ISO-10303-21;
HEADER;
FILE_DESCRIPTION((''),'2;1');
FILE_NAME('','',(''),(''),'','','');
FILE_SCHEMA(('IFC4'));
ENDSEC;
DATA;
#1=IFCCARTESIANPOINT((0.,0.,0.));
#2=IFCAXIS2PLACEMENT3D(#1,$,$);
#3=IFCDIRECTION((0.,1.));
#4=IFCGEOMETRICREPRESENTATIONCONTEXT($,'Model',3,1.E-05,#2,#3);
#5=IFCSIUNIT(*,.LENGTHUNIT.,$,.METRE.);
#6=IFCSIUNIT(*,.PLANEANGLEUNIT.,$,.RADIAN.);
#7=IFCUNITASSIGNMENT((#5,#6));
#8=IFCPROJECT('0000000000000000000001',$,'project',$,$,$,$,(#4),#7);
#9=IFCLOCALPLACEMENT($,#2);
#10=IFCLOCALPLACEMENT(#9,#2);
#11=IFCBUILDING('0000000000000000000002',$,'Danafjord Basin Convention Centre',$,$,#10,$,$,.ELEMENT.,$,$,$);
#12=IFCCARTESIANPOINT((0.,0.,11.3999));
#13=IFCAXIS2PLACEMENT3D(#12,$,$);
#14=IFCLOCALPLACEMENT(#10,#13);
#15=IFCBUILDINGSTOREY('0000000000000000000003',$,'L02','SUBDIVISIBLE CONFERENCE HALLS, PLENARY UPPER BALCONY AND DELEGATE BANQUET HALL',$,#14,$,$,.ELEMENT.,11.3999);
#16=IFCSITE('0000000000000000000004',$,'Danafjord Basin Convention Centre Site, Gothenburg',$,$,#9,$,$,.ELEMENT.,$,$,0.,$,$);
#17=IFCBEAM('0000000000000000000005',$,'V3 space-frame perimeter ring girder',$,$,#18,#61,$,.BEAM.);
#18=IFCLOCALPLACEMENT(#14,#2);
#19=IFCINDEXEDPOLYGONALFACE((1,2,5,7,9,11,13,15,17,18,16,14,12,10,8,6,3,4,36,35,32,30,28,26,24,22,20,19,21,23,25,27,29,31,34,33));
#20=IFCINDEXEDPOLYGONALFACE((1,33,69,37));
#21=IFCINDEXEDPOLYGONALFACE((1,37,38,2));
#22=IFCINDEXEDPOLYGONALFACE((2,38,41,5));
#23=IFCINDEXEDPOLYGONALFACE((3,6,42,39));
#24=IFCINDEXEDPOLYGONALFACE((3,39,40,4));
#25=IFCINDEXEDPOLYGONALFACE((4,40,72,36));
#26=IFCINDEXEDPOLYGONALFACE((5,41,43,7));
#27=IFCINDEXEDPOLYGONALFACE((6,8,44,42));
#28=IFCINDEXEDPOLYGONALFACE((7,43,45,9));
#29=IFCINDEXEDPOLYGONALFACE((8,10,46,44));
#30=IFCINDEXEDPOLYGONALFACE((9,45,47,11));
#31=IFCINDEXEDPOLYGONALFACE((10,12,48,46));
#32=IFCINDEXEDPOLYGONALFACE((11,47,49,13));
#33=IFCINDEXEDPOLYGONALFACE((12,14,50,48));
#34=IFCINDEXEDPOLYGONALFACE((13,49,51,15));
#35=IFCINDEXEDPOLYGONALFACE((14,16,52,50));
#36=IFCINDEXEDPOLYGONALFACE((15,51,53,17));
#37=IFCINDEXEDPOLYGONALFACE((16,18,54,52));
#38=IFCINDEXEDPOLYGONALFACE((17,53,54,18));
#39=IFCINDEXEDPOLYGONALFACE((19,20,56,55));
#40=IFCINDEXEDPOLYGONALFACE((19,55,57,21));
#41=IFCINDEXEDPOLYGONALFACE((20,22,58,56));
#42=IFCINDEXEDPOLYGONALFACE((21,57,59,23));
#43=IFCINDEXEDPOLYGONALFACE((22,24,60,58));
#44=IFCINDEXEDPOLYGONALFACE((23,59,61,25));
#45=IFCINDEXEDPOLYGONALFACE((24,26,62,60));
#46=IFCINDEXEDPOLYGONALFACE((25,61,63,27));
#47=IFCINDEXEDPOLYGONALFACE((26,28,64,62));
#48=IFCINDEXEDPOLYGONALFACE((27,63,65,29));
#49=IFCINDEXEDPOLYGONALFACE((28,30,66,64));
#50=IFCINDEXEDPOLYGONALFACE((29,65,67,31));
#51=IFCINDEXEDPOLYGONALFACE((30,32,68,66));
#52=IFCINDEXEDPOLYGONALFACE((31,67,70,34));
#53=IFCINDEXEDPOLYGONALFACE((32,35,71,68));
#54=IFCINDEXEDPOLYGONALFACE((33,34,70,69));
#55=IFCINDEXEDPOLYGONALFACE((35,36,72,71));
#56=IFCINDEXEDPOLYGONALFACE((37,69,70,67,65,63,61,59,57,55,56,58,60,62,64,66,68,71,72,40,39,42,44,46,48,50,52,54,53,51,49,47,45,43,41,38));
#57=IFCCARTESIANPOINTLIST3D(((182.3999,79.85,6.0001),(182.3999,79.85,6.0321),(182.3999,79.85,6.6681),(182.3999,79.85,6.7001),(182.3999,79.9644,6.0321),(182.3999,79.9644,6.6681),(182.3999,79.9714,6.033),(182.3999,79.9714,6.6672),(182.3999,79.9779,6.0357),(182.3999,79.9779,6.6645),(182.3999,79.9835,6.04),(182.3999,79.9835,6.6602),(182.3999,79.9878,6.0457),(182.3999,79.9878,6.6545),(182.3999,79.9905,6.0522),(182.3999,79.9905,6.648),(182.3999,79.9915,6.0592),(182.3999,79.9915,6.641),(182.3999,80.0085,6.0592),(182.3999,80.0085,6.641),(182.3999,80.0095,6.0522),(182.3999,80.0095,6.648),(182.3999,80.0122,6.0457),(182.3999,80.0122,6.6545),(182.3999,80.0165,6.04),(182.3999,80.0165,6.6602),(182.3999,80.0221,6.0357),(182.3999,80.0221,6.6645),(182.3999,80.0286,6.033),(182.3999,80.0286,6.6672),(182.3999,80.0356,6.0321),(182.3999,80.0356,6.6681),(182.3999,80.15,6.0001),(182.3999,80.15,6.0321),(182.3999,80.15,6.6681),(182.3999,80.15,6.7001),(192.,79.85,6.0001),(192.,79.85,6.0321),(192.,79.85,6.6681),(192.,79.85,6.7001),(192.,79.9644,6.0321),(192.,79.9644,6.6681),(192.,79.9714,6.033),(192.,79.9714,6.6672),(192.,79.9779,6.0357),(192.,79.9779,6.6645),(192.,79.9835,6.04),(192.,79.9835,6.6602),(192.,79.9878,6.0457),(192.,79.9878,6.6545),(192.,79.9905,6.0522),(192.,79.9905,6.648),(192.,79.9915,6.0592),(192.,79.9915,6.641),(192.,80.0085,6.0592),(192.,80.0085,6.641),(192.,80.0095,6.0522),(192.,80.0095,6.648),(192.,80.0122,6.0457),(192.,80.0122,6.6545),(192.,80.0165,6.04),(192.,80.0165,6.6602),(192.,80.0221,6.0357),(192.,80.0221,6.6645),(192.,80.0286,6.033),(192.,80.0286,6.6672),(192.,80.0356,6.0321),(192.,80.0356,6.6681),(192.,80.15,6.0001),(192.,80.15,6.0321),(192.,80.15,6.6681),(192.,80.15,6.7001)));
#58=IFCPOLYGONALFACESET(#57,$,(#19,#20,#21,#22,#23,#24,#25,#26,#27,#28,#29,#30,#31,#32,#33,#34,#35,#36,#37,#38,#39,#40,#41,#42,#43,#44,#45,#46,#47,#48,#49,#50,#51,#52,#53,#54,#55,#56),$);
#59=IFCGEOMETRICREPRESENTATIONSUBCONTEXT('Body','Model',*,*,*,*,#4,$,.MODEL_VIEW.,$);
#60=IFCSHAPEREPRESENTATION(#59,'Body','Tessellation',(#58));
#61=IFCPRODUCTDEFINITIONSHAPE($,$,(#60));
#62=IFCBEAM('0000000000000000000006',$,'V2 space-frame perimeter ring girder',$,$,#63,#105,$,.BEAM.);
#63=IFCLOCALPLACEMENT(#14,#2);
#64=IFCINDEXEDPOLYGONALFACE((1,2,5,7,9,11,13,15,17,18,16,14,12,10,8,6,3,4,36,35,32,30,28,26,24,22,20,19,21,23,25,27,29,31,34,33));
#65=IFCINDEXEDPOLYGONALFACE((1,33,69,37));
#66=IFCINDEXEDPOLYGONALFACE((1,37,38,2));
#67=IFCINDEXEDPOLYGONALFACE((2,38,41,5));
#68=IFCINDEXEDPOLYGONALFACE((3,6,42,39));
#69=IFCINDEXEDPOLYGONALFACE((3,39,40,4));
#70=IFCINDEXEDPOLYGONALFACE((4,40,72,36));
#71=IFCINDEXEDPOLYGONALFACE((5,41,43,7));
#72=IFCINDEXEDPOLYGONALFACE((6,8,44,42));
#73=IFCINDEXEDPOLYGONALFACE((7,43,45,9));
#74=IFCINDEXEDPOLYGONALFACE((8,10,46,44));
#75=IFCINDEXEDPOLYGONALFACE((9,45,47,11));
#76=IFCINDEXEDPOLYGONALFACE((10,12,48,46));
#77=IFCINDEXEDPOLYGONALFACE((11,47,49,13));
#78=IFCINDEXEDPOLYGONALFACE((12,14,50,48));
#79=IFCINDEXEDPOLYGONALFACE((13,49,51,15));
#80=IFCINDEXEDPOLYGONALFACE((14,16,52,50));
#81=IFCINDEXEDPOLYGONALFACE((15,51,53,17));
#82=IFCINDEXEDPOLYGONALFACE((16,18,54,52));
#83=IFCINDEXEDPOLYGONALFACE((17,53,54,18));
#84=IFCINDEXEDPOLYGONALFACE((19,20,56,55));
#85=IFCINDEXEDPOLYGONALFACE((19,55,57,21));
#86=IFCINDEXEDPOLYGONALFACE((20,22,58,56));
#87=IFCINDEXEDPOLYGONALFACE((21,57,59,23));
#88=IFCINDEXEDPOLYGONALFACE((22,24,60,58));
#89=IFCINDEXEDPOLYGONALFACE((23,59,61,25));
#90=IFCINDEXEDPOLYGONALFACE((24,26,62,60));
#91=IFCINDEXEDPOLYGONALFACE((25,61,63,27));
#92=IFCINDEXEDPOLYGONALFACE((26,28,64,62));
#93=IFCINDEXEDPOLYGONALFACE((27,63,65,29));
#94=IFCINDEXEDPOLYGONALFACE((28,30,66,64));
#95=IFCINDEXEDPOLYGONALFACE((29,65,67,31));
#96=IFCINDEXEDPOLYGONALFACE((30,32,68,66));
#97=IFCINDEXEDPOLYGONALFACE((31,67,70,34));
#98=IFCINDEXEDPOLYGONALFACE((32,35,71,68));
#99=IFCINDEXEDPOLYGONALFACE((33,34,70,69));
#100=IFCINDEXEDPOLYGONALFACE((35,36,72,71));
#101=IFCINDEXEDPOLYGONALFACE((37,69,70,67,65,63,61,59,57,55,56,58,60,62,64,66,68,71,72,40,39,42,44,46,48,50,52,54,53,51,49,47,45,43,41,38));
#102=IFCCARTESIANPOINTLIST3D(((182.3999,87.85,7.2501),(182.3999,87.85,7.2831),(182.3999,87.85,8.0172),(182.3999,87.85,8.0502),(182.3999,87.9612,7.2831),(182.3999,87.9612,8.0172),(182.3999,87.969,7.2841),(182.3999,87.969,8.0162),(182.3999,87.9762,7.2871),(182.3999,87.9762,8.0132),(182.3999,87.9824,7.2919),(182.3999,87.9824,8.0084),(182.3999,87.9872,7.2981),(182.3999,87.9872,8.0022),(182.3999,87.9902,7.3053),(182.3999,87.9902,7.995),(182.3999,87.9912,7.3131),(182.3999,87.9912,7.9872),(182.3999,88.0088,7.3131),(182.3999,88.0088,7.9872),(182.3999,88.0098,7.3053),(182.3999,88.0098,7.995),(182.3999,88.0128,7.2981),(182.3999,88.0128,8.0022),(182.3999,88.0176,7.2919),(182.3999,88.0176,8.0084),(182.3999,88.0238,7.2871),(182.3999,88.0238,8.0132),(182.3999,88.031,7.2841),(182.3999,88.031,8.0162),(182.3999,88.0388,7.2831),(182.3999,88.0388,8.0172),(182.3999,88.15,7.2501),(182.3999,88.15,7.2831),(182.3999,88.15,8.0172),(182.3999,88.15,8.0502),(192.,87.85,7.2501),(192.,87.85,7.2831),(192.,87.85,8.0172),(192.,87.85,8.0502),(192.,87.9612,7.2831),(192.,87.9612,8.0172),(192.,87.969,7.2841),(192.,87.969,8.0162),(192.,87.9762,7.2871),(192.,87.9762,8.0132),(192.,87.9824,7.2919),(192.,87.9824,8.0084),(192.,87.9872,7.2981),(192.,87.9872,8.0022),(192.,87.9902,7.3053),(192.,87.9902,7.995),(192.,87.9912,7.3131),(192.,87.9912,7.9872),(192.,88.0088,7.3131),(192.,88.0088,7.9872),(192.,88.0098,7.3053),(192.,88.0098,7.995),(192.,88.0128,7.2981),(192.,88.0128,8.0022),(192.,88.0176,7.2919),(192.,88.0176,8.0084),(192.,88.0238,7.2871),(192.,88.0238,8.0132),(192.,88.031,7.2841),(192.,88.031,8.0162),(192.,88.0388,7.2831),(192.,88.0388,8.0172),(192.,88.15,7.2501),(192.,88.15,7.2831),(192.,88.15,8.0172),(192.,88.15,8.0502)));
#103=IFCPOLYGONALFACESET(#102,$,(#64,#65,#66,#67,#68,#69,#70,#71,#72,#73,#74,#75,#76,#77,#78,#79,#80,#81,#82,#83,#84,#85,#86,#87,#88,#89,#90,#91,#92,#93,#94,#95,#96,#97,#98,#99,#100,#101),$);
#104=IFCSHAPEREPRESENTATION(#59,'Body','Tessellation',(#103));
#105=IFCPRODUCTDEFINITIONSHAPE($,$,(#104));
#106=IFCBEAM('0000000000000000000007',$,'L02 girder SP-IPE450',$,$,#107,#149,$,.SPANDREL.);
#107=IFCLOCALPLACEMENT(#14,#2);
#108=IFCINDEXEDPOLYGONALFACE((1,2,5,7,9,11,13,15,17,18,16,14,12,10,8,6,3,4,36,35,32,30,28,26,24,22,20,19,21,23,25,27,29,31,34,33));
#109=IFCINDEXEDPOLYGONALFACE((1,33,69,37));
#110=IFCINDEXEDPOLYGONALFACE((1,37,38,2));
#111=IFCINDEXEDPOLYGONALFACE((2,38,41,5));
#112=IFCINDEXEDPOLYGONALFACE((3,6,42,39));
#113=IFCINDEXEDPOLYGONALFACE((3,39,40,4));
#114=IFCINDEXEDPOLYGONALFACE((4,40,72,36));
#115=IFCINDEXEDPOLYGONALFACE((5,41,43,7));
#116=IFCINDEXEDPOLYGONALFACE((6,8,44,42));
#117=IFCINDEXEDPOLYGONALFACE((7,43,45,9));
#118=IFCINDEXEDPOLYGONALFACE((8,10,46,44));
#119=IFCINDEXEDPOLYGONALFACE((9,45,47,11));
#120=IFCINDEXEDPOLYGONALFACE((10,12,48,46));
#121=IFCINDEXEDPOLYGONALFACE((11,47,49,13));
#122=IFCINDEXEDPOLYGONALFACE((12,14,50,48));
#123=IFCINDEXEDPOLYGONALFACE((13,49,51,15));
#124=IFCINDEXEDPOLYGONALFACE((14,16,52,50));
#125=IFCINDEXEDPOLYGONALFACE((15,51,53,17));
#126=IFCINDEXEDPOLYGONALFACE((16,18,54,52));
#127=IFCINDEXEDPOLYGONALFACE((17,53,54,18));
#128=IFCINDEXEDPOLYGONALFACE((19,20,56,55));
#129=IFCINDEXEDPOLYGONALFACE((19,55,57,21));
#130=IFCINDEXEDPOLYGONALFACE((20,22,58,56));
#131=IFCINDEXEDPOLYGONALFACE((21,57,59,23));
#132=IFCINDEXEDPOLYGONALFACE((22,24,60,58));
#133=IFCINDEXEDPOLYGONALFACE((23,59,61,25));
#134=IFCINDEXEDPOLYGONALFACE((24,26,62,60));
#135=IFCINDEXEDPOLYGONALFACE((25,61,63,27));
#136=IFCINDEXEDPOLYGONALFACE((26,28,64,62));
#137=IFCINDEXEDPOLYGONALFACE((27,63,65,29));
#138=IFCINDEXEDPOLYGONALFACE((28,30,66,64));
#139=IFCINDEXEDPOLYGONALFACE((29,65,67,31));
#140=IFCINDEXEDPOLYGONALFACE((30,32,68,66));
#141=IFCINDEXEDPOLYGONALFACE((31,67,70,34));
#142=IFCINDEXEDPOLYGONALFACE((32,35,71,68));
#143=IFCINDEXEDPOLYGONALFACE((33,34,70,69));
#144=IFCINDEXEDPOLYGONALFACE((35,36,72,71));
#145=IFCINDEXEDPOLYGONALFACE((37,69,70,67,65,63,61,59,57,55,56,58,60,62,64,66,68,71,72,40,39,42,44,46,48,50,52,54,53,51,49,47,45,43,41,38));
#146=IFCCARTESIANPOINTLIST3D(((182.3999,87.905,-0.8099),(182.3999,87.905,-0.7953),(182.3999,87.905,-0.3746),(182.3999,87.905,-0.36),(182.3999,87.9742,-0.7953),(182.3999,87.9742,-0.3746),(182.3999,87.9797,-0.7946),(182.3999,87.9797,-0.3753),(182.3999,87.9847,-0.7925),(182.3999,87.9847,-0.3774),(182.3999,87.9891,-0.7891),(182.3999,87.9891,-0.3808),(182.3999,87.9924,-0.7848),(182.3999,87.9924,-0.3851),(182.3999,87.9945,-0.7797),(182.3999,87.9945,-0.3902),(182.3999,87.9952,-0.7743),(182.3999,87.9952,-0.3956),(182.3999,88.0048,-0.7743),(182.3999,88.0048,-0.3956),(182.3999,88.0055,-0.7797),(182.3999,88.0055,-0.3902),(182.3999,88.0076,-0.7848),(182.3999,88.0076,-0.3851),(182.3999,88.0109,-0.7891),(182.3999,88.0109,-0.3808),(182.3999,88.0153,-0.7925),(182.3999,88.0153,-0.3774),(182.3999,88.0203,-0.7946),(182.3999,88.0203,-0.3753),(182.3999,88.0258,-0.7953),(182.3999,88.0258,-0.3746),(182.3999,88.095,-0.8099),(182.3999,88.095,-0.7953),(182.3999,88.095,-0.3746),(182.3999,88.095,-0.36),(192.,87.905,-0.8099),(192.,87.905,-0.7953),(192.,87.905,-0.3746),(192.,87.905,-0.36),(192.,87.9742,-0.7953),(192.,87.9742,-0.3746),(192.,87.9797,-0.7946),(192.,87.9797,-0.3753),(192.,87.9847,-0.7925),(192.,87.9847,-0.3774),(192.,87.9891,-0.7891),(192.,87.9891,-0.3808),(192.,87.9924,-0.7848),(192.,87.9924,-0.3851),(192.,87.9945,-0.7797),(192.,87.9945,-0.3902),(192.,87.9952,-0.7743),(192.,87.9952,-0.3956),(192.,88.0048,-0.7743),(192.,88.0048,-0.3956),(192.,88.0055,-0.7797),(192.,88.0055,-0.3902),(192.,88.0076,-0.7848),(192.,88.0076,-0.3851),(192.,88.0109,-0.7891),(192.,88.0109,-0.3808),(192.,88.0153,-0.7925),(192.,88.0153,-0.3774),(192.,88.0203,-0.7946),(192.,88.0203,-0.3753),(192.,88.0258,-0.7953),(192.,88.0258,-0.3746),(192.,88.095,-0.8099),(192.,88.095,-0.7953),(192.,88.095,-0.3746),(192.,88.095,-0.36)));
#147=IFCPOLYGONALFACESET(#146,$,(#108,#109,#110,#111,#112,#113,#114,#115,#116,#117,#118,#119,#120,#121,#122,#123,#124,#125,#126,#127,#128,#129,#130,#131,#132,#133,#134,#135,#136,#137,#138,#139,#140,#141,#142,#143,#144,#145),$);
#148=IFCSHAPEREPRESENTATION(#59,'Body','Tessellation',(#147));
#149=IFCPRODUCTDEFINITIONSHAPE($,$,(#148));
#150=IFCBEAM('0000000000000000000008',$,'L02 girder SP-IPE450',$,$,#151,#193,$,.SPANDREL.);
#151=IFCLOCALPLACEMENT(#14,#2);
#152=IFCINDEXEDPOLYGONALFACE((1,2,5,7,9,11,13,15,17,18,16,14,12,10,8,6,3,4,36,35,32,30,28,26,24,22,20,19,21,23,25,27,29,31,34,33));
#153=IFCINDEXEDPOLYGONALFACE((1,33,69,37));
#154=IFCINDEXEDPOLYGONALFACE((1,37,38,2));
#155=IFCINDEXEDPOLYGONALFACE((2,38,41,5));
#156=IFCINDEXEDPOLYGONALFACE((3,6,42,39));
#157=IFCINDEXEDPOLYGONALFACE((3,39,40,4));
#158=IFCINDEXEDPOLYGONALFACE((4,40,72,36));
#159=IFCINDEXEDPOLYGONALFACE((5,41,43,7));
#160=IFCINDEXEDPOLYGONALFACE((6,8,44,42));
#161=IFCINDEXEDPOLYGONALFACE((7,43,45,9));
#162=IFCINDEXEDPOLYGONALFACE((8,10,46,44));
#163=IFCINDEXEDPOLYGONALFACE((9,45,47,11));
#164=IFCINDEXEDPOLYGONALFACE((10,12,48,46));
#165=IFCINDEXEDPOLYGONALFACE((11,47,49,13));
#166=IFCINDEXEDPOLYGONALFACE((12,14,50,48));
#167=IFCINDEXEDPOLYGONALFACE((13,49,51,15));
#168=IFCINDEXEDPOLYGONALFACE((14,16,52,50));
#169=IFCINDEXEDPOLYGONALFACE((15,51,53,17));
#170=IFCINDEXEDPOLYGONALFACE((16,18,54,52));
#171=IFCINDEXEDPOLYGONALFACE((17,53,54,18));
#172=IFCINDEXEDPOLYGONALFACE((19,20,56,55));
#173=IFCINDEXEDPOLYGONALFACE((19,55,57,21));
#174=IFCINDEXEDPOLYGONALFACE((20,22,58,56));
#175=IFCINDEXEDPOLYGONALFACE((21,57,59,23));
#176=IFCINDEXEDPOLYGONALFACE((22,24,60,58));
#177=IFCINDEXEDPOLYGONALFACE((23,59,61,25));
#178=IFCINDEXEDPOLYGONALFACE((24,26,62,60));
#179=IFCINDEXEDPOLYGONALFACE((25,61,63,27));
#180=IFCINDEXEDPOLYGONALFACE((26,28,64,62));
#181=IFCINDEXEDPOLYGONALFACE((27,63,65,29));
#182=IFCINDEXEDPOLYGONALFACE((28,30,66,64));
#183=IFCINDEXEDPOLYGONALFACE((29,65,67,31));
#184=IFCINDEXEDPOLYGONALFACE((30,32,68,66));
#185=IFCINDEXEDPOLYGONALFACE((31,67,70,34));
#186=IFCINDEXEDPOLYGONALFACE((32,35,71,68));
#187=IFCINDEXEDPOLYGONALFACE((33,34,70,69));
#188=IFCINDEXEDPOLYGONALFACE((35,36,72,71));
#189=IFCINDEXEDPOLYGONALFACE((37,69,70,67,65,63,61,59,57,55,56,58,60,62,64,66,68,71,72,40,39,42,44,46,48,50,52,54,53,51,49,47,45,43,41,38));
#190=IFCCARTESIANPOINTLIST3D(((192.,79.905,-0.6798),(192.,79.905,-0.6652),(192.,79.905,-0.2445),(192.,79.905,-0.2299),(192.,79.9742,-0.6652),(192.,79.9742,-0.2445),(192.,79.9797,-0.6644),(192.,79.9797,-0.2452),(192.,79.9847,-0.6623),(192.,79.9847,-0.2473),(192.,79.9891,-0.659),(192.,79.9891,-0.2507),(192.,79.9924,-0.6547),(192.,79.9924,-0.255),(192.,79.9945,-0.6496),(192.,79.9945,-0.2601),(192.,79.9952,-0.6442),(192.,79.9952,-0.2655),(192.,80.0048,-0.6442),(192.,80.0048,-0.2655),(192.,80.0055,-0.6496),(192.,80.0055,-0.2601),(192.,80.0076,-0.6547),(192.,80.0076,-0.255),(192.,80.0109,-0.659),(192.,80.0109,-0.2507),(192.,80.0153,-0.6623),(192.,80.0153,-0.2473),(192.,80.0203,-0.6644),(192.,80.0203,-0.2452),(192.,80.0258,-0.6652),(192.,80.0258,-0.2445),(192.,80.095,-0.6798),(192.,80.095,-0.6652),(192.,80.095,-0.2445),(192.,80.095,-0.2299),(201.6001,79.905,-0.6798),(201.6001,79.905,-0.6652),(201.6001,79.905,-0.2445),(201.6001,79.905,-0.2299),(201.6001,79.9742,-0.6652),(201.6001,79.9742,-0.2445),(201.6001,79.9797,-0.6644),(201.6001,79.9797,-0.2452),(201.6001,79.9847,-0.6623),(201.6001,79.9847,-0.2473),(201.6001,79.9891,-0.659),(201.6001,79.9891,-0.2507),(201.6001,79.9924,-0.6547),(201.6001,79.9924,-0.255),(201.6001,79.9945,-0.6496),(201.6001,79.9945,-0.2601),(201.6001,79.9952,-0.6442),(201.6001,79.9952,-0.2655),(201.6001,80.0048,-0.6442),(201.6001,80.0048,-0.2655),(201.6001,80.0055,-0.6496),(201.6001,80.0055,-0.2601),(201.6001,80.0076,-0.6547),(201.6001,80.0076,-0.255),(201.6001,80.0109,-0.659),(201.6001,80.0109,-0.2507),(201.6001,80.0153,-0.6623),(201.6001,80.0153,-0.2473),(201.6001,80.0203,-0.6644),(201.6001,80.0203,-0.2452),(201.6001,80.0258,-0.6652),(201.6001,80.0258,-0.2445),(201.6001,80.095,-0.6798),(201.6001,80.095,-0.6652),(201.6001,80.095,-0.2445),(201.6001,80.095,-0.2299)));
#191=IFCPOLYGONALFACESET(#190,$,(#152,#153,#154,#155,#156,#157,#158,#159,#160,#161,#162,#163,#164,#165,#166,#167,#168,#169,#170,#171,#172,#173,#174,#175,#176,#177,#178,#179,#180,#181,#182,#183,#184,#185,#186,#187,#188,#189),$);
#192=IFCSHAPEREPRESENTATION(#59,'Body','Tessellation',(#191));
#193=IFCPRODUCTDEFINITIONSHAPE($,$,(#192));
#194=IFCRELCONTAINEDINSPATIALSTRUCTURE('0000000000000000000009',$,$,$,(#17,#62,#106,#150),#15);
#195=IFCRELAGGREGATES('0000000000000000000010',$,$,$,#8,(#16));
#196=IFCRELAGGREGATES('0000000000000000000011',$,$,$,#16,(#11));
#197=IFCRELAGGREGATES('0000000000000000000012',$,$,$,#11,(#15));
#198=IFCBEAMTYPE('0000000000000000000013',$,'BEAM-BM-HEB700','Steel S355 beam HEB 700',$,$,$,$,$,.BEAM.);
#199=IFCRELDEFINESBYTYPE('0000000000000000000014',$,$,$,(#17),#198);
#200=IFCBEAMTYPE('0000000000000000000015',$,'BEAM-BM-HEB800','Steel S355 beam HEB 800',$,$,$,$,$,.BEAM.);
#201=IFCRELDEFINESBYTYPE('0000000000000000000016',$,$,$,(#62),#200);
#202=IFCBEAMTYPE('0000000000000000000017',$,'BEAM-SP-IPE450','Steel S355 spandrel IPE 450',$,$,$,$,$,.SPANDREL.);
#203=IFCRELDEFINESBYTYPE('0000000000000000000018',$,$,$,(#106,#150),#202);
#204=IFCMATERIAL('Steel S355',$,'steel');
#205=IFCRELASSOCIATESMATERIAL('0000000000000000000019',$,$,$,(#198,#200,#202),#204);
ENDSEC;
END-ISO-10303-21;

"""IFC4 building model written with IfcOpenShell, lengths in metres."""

from ifc_helpers import new_model, si_unit, direction, frame, origin, origin_2d, place, context, subcontext, project, spatial, i_section, extrude, material, material_profile, profile_set, type_object, element, save


model = new_model("IFC4")

# Units and contexts
model_context = context("Model", 3, precision=1e-05, world=origin(), true_north=direction((0.0, 1.0)))
body_context = subcontext(model_context, "Body", "Model", "MODEL_VIEW")
ifc_project = project(units=[si_unit("LENGTHUNIT", "METRE"), si_unit("PLANEANGLEUNIT", "RADIAN")], contexts=[model_context])

# Site, building, storey
site_placement = place(None, origin())
site = spatial("IfcSite", under=ifc_project, at=site_placement, Name="Danafjord Basin Convention Centre Site, Gothenburg", CompositionType="ELEMENT", RefElevation=0.0)
building_placement = place(site_placement, origin())
building = spatial("IfcBuilding", under=site, at=building_placement, Name="Danafjord Basin Convention Centre", CompositionType="ELEMENT")
storey_placement = place(building_placement, frame((0.0, 0.0, 11.3999)))
storey = spatial("IfcBuildingStorey", under=building, at=storey_placement, Name="L02", Description="SUBDIVISIBLE CONFERENCE HALLS, PLENARY UPPER BALCONY AND DELEGATE BANQUET HALL", CompositionType="ELEMENT", Elevation=11.3999)

# Shared definitions
ifc_material = material(Name="Steel S355", Category="steel")

# Beams
ifc_material_profile_1 = material_profile(ifc_material, i_section(OverallWidth=0.3, OverallDepth=0.7, WebThickness=0.0171, FlangeThickness=0.032, FilletRadius=0.0271, at=origin_2d()), Name="HEB 700")
ifc_profile_set_1 = profile_set([ifc_material_profile_1], Name="Steel S355")
beam_type_1 = type_object("IfcBeamType", Name="BEAM-BM-HEB700", Description="Steel S355 beam HEB 700", PredefinedType="BEAM", material=ifc_profile_set_1)
beam_1_placement = place(storey_placement, frame((182.3999, 80.0, 6.3501), z_axis=(1.0, 0.0, 0.0), x_axis=(0.0, 1.0, 0.0)))
element("IfcBeam", 1, at=beam_1_placement, inside=storey, type_object=beam_type_1, Name="V3 space-frame perimeter ring girder", PredefinedType="BEAM", context=body_context, shape_type="SweptSolid", body=[
    extrude(i_section(OverallWidth=0.3, OverallDepth=0.7, WebThickness=0.0171, FlangeThickness=0.032, FilletRadius=0.0271, at=origin_2d()), origin(), (0.0, 0.0, 1.0), 9.6001),
])
ifc_material_profile_2 = material_profile(ifc_material, i_section(OverallWidth=0.3, OverallDepth=0.8, WebThickness=0.0176, FlangeThickness=0.033, FilletRadius=0.03, at=origin_2d()), Name="HEB 800")
ifc_profile_set_2 = profile_set([ifc_material_profile_2], Name="Steel S355")
beam_type_2 = type_object("IfcBeamType", Name="BEAM-BM-HEB800", Description="Steel S355 beam HEB 800", PredefinedType="BEAM", material=ifc_profile_set_2)
beam_2_placement = place(storey_placement, frame((182.3999, 88.0, 7.6501), z_axis=(1.0, 0.0, 0.0), x_axis=(0.0, 1.0, 0.0)))
element("IfcBeam", 2, at=beam_2_placement, inside=storey, type_object=beam_type_2, Name="V2 space-frame perimeter ring girder", PredefinedType="BEAM", context=body_context, shape_type="SweptSolid", body=[
    extrude(i_section(OverallWidth=0.3, OverallDepth=0.8, WebThickness=0.0176, FlangeThickness=0.033, FilletRadius=0.03, at=origin_2d()), origin(), (0.0, 0.0, 1.0), 9.6001),
])
ifc_material_profile_3 = material_profile(ifc_material, i_section(OverallWidth=0.1899, OverallDepth=0.45, WebThickness=0.0095, FlangeThickness=0.0146, FilletRadius=0.021, at=origin_2d()), Name="IPE 450")
ifc_profile_set_3 = profile_set([ifc_material_profile_3], Name="Steel S355")
beam_type_3 = type_object("IfcBeamType", Name="BEAM-SP-IPE450", Description="Steel S355 spandrel IPE 450", PredefinedType="SPANDREL", material=ifc_profile_set_3)
for number, where, z_axis, x_axis, name in (
    (3, (182.3999, 88.0, -0.585), (1.0, 0.0, 0.0), (0.0, 1.0, 0.0), "L02 girder SP-IPE450"),
    (4, (192.0, 80.0, -0.4548), (1.0, 0.0, 0.0), (0.0, 1.0, 0.0), "L02 girder SP-IPE450"),
):
    element("IfcBeam", number, at=place(storey_placement, frame(where, z_axis=z_axis, x_axis=x_axis)), inside=storey, type_object=beam_type_3, Name=name, PredefinedType="SPANDREL", context=body_context, shape_type="SweptSolid", body=[
        extrude(i_section(OverallWidth=0.1899, OverallDepth=0.45, WebThickness=0.0095, FlangeThickness=0.0146, FilletRadius=0.021, at=origin_2d()), origin(), (0.0, 0.0, 1.0), 9.6001),
    ])

save(model, "model.ifc")
